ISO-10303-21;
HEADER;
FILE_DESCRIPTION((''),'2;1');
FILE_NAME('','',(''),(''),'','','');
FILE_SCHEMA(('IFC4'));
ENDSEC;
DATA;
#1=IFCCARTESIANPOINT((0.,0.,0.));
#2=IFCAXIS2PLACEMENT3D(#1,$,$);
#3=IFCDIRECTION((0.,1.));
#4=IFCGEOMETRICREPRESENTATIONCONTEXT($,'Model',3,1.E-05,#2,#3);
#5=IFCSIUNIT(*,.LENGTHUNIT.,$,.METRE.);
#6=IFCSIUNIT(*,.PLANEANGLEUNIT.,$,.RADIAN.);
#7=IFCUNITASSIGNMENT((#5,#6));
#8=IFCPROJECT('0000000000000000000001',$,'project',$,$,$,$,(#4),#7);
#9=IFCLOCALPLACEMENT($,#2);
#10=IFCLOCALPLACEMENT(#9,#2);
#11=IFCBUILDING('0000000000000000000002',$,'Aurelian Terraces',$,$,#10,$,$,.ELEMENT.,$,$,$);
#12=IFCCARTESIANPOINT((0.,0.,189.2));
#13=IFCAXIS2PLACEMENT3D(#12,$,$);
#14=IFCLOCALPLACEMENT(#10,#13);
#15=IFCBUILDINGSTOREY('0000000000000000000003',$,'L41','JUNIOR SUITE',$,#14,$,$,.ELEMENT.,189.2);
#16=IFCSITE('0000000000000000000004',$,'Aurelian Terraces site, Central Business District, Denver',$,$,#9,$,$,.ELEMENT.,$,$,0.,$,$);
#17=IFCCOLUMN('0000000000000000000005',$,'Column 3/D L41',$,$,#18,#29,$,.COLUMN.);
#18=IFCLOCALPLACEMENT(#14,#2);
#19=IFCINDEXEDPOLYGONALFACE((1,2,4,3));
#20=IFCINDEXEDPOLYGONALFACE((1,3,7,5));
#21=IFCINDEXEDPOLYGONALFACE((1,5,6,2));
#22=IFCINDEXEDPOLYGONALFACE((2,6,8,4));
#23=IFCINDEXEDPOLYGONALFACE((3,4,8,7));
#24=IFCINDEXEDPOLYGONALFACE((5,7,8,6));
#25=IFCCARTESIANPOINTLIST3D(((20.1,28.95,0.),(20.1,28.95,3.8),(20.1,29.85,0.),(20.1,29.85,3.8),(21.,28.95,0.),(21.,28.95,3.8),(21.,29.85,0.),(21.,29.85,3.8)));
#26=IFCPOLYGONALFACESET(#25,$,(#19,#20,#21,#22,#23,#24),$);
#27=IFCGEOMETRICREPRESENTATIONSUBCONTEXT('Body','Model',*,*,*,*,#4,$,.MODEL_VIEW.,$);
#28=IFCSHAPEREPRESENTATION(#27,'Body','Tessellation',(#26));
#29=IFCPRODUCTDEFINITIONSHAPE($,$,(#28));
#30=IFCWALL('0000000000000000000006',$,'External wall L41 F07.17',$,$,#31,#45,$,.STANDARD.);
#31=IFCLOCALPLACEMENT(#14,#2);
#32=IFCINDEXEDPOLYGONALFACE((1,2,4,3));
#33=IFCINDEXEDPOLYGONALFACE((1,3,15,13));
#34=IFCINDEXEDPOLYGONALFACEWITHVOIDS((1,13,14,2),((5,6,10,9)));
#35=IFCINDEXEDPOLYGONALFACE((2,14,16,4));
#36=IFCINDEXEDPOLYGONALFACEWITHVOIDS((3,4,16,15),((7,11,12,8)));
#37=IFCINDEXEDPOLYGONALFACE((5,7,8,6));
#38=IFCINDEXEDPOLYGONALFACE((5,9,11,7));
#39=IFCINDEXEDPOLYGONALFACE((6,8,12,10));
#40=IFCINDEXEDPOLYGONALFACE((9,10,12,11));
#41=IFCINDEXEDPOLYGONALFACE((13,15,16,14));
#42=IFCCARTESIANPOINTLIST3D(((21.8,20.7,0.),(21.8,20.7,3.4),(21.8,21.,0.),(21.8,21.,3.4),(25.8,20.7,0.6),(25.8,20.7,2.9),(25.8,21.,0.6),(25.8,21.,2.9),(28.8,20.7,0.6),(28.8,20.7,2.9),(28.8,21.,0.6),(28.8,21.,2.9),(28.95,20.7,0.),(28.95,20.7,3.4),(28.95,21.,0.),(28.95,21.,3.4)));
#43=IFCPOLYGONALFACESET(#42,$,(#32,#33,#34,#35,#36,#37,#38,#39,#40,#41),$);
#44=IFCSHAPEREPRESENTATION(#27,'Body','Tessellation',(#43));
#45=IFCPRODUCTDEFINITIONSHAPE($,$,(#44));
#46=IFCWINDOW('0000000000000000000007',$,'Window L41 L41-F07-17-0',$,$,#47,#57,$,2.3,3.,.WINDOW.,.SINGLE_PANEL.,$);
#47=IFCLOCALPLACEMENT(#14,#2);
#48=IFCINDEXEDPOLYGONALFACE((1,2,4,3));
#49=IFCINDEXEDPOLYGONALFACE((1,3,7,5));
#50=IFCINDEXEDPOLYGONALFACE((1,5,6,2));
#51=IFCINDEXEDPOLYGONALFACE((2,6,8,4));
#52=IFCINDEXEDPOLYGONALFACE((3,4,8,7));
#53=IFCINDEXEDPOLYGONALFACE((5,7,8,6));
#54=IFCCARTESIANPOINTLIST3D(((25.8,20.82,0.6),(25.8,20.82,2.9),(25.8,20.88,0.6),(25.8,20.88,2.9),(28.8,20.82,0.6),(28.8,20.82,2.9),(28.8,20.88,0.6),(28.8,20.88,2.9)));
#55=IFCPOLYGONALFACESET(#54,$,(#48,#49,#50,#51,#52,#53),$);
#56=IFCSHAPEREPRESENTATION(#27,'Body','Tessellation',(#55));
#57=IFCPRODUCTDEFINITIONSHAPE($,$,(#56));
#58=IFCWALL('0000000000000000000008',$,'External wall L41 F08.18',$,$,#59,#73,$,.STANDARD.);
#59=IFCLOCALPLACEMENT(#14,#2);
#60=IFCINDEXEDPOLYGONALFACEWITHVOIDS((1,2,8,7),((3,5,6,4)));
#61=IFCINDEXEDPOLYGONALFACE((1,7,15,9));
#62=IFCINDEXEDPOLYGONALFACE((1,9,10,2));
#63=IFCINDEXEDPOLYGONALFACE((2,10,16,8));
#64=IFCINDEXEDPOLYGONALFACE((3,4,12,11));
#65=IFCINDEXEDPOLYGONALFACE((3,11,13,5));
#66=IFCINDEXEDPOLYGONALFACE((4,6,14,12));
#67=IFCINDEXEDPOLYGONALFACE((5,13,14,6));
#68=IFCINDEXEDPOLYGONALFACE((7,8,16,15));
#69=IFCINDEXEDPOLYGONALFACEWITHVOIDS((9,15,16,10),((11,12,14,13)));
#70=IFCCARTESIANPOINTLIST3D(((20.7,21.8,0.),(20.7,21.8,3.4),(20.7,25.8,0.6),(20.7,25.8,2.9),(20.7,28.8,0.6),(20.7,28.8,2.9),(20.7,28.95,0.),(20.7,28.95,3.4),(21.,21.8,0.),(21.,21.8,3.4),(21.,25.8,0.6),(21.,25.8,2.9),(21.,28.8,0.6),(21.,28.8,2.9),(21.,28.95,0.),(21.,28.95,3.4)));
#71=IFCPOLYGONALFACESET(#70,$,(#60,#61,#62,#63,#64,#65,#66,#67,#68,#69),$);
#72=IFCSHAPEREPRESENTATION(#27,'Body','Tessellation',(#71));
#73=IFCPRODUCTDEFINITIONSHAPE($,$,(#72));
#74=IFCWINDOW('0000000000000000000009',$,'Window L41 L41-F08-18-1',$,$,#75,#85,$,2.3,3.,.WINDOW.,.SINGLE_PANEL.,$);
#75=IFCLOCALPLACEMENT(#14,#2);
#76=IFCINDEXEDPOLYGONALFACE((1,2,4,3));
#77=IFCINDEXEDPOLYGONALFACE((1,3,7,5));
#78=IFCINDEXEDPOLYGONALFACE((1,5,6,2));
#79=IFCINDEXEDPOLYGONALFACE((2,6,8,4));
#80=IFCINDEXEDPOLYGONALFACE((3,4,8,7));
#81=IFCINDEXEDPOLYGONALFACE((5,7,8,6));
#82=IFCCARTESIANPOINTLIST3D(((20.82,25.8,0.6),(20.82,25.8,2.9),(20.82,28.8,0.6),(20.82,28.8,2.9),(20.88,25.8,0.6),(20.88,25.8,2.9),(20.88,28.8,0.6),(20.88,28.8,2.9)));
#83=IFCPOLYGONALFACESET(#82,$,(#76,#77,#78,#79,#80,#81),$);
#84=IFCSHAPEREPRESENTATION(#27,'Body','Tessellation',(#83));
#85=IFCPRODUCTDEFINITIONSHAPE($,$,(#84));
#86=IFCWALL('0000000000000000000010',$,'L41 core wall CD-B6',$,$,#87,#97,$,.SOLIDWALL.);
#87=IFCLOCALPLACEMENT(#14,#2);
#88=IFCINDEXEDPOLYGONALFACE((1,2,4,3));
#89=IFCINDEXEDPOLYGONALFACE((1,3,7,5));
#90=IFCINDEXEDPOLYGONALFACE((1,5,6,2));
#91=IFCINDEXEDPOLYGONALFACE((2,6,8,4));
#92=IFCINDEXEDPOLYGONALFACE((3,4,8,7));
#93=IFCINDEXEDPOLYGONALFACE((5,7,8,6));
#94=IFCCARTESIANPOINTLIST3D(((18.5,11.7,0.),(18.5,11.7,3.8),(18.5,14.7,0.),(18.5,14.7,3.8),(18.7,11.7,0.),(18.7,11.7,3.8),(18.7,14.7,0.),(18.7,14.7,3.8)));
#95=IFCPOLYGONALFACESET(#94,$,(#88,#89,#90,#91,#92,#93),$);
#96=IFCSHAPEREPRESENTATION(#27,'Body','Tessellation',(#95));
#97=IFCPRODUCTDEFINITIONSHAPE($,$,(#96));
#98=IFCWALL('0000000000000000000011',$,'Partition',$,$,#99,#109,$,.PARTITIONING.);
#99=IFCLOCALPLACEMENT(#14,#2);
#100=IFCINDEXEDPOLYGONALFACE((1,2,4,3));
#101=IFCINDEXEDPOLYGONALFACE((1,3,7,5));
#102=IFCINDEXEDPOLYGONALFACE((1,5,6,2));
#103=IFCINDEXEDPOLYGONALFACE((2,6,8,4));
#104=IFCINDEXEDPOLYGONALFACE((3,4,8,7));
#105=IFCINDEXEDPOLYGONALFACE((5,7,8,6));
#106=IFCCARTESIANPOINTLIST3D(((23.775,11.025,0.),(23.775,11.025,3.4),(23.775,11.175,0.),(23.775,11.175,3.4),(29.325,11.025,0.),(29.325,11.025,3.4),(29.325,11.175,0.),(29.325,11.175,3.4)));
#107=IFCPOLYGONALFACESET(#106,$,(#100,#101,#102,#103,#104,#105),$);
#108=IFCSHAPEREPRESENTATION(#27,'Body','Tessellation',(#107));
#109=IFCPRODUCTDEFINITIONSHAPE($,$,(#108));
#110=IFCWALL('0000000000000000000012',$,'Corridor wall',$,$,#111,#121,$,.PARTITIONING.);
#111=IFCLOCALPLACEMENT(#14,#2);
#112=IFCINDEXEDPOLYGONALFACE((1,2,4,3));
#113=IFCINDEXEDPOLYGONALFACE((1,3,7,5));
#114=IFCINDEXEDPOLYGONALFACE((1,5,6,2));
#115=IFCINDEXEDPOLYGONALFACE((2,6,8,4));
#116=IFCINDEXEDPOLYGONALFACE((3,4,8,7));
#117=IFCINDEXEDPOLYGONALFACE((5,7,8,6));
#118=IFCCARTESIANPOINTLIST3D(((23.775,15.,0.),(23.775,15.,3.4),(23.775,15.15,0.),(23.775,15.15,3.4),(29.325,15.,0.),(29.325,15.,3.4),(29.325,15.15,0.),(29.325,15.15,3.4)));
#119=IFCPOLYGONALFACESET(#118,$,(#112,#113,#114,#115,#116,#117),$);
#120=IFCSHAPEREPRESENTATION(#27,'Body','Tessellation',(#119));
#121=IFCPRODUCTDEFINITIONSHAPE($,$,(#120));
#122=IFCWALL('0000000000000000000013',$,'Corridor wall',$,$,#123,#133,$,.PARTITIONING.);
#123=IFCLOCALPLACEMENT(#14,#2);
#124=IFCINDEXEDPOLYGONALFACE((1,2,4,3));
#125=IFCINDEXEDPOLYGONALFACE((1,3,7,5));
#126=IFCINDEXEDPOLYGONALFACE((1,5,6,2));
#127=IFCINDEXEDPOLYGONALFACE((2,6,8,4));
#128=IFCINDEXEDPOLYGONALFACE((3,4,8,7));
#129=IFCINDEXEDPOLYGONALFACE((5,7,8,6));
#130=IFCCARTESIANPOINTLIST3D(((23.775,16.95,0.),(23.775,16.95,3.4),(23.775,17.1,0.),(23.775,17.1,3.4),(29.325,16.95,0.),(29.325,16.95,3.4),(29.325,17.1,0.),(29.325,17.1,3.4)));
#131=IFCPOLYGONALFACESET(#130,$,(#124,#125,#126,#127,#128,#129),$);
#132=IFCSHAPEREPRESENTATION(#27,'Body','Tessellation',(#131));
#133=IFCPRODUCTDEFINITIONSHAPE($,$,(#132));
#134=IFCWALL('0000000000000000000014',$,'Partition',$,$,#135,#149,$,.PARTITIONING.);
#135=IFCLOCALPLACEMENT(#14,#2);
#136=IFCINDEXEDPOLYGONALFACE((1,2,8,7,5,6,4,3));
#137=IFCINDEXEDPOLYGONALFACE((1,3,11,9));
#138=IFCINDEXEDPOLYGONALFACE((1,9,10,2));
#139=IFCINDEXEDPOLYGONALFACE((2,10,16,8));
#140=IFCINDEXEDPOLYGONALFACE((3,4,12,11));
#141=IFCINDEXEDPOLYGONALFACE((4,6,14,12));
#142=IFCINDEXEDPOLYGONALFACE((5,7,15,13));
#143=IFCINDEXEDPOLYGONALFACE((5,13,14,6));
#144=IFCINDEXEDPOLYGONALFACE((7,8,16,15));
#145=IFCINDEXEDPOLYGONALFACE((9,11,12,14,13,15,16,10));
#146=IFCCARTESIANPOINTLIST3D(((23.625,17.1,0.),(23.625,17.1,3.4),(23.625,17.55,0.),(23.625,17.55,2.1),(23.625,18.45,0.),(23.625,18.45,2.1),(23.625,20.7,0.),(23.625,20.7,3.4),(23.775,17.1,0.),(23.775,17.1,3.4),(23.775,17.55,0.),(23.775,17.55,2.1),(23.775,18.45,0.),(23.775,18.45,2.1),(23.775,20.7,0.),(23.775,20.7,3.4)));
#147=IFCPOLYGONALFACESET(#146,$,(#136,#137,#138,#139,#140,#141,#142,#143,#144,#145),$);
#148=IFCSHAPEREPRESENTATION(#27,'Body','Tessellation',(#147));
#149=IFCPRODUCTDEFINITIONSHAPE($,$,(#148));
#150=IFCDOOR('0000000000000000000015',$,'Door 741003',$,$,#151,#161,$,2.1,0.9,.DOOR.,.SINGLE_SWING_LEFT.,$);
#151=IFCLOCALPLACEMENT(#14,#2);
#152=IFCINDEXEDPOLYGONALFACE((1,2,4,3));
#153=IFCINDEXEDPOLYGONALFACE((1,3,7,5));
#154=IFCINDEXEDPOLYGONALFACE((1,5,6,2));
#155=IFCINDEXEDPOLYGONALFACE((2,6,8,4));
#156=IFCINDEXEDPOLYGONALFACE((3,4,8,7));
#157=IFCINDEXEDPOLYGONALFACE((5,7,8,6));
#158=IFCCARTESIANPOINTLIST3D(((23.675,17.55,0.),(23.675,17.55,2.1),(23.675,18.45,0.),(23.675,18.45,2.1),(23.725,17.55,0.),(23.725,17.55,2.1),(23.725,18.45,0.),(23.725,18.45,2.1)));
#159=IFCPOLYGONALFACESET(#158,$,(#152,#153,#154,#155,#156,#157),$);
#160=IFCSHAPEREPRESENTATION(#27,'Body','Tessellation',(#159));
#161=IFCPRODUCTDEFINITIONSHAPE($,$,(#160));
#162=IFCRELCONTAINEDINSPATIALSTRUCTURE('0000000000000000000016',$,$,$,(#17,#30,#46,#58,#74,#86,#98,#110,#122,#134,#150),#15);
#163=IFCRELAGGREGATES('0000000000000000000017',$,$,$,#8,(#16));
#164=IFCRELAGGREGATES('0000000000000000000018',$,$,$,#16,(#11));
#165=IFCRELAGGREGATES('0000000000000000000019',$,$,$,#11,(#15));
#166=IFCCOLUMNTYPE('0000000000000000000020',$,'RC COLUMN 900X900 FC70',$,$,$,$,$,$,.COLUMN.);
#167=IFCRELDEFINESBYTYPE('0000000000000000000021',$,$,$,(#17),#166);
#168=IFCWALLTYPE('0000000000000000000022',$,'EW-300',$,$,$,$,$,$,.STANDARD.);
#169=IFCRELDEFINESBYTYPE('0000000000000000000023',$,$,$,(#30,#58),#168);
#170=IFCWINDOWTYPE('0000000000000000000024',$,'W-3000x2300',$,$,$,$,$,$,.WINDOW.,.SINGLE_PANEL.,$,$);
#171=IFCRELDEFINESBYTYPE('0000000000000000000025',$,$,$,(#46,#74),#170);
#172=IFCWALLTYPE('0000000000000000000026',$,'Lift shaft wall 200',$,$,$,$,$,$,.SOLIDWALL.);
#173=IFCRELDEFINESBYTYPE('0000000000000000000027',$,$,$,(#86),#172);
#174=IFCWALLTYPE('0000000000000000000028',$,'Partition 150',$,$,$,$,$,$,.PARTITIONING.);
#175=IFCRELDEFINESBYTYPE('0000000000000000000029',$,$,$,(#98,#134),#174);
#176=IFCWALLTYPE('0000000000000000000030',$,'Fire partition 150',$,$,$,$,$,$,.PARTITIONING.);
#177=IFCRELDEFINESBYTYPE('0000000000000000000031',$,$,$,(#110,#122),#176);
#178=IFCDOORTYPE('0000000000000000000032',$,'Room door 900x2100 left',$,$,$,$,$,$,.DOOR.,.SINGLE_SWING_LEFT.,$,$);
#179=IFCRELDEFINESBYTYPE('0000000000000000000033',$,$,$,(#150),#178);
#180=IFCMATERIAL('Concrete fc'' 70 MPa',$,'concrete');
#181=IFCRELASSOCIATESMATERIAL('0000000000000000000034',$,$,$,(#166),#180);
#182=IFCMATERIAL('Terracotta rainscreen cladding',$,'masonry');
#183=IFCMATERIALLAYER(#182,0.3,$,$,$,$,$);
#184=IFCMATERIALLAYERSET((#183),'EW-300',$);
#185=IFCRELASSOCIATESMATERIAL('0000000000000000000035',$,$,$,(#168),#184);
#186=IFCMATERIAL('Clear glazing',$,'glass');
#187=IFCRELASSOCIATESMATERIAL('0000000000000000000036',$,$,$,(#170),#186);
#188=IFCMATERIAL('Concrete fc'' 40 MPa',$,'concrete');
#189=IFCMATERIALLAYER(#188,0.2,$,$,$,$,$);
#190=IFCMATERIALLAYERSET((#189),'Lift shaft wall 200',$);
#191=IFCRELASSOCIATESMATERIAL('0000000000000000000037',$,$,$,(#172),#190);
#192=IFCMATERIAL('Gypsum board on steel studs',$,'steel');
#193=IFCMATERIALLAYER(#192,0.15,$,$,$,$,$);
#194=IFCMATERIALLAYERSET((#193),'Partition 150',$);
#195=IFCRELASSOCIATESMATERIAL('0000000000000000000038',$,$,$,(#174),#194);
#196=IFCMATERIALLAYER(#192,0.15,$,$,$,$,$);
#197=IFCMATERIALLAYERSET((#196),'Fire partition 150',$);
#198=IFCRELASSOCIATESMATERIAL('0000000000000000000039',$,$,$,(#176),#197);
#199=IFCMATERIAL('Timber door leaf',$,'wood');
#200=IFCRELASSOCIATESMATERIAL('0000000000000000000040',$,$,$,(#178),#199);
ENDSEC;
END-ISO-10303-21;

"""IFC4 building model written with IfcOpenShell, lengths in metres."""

from ifc_helpers import new_model, si_unit, direction, frame, frame_2d, origin, origin_2d, place, context, subcontext, project, spatial, rectangle, extrude, source, transform, mapped, material, layer, layer_set, material_profile, profile_set, type_object, element, fill, save


model = new_model("IFC4")

# Units and contexts
model_context = context("Model", 3, precision=1e-05, world=origin(), true_north=direction((0.0, 1.0)))
body_context = subcontext(model_context, "Body", "Model", "MODEL_VIEW")
ifc_project = project(units=[si_unit("LENGTHUNIT", "METRE"), si_unit("PLANEANGLEUNIT", "RADIAN")], contexts=[model_context])

# Site, building, storey
site_placement = place(None, origin())
site = spatial("IfcSite", under=ifc_project, at=site_placement, Name="Aurelian Terraces site, Central Business District, Denver", CompositionType="ELEMENT", RefElevation=0.0)
building_placement = place(site_placement, origin())
building = spatial("IfcBuilding", under=site, at=building_placement, Name="Aurelian Terraces", CompositionType="ELEMENT")
storey_placement = place(building_placement, frame((0.0, 0.0, 189.2)))
storey = spatial("IfcBuildingStorey", under=building, at=storey_placement, Name="L41", Description="JUNIOR SUITE", CompositionType="ELEMENT", Elevation=189.2)

# Column
ifc_material_1 = material(Name="Concrete fc' 70 MPa", Category="concrete")
ifc_material_profile = material_profile(ifc_material_1, rectangle(XDim=0.9, YDim=0.9, at=origin_2d()))
ifc_profile_set = profile_set([ifc_material_profile], Name="Concrete fc' 70 MPa")
column_type = type_object("IfcColumnType", Name="RC COLUMN 900X900 FC70", PredefinedType="COLUMN", material=ifc_profile_set)
shared_shape_1 = source(origin(), body_context, "Body", "SweptSolid", [
    extrude(rectangle(XDim=0.9, YDim=0.9, at=origin_2d()), origin(), (0.0, 0.0, 1.0), 3.8),
])
column_placement = place(storey_placement, frame((20.55, 29.4, 0.0), z_axis=(0.0, 0.0, 1.0), x_axis=(1.0, 0.0, 0.0)))
element("IfcColumn", 1, at=column_placement, inside=storey, type_object=column_type, Name="Column 3/D L41", PredefinedType="COLUMN", context=body_context, shape_type="MappedRepresentation", body=[
    mapped(shared_shape_1, transform((0.0, 0.0, 0.0), scale=1.0)),
])

# Walls, openings, windows
ifc_material_2 = material(Name="Terracotta rainscreen cladding", Category="masonry")
ifc_layer_1 = layer(ifc_material_2, 0.3)
ifc_layer_set_1 = layer_set([ifc_layer_1], Name="EW-300")
wall_type_1 = type_object("IfcWallType", Name="EW-300", PredefinedType="STANDARD", material=ifc_layer_set_1)
shared_shape_2 = source(origin(), body_context, "Body", "SweptSolid", [
    extrude(rectangle(XDim=7.15, YDim=0.3, at=frame_2d((3.575, 0.0))), origin(), (0.0, 0.0, 1.0), 3.4),
])
wall_1_placement = place(storey_placement, frame((28.95, 20.85, 0.0), z_axis=(0.0, 0.0, 1.0), x_axis=(-1.0, 0.0, 0.0)))
wall_1 = element("IfcWall", 2, at=wall_1_placement, inside=storey, type_object=wall_type_1, Name="External wall L41 F07.17", PredefinedType="STANDARD", context=body_context, shape_type="MappedRepresentation", body=[
    mapped(shared_shape_2, transform((0.0, 0.0, 0.0), scale=1.0)),
])
shared_shape_3 = source(origin(), body_context, "Body", "SweptSolid", [
    extrude(rectangle(XDim=3.0, YDim=2.3, at=frame_2d((1.5, 1.15))), frame((0.0, 0.16, 0.0), z_axis=(0.0, -1.0, 0.0), x_axis=(1.0, 0.0, 0.0)), (0.0, 0.0, 1.0), 0.32),
])
opening_1_placement = place(wall_1_placement, frame((0.15, 0.0, 0.6)))
opening_1 = element("IfcOpeningElement", 3, at=opening_1_placement, cuts=wall_1, PredefinedType="OPENING", context=body_context, shape_type="MappedRepresentation", body=[
    mapped(shared_shape_3, transform((0.0, 0.0, 0.0), scale=1.0)),
])
ifc_material_3 = material(Name="Clear glazing", Category="glass")
window_type = type_object("IfcWindowType", Name="W-3000x2300", PartitioningType="SINGLE_PANEL", PredefinedType="WINDOW", material=ifc_material_3)
shared_shape_4 = source(origin(), body_context, "Body", "SweptSolid", [
    extrude(rectangle(XDim=3.0, YDim=2.3, at=frame_2d((1.5, 1.15))), frame((0.0, 0.03, 0.0), z_axis=(0.0, -1.0, 0.0), x_axis=(1.0, 0.0, 0.0)), (0.0, 0.0, 1.0), 0.06),
])
window_1_placement = place(opening_1_placement, origin())
window_1 = element("IfcWindow", 4, at=window_1_placement, inside=storey, type_object=window_type, Name="Window L41 L41-F07-17-0", OverallHeight=2.3, OverallWidth=3.0, PartitioningType="SINGLE_PANEL", PredefinedType="WINDOW", context=body_context, shape_type="MappedRepresentation", body=[
    mapped(shared_shape_4, transform((0.0, 0.0, 0.0), scale=1.0)),
])
fill(opening_1, window_1)
wall_2_placement = place(storey_placement, frame((20.85, 21.8, 0.0), z_axis=(0.0, 0.0, 1.0), x_axis=(0.0, 1.0, 0.0)))
wall_2 = element("IfcWall", 5, at=wall_2_placement, inside=storey, type_object=wall_type_1, Name="External wall L41 F08.18", PredefinedType="STANDARD", context=body_context, shape_type="MappedRepresentation", body=[
    mapped(shared_shape_2, transform((0.0, 0.0, 0.0), scale=1.0)),
])
opening_2_placement = place(wall_2_placement, frame((4.0, 0.0, 0.6)))
opening_2 = element("IfcOpeningElement", 6, at=opening_2_placement, cuts=wall_2, PredefinedType="OPENING", context=body_context, shape_type="MappedRepresentation", body=[
    mapped(shared_shape_3, transform((0.0, 0.0, 0.0), scale=1.0)),
])
window_2_placement = place(opening_2_placement, origin())
window_2 = element("IfcWindow", 7, at=window_2_placement, inside=storey, type_object=window_type, Name="Window L41 L41-F08-18-1", OverallHeight=2.3, OverallWidth=3.0, PartitioningType="SINGLE_PANEL", PredefinedType="WINDOW", context=body_context, shape_type="MappedRepresentation", body=[
    mapped(shared_shape_4, transform((0.0, 0.0, 0.0), scale=1.0)),
])
fill(opening_2, window_2)

# Walls
ifc_material_4 = material(Name="Concrete fc' 40 MPa", Category="concrete")
ifc_layer_2 = layer(ifc_material_4, 0.2)
ifc_layer_set_2 = layer_set([ifc_layer_2], Name="Lift shaft wall 200")
wall_type_2 = type_object("IfcWallType", Name="Lift shaft wall 200", PredefinedType="SOLIDWALL", material=ifc_layer_set_2)
shared_shape_5 = source(origin(), body_context, "Body", "SweptSolid", [
    extrude(rectangle(XDim=3.0, YDim=0.2, at=frame_2d((1.5, 0.0))), origin(), (0.0, 0.0, 1.0), 3.8),
])
wall_3_placement = place(storey_placement, frame((18.6, 11.7, 0.0), z_axis=(0.0, 0.0, 1.0), x_axis=(0.0, 1.0, 0.0)))
element("IfcWall", 8, at=wall_3_placement, inside=storey, type_object=wall_type_2, Name="L41 core wall CD-B6", PredefinedType="SOLIDWALL", context=body_context, shape_type="MappedRepresentation", body=[
    mapped(shared_shape_5, transform((0.0, 0.0, 0.0), scale=1.0)),
])
ifc_material_5 = material(Name="Gypsum board on steel studs", Category="steel")
ifc_layer_3 = layer(ifc_material_5, 0.15)
ifc_layer_set_3 = layer_set([ifc_layer_3], Name="Partition 150")
wall_type_3 = type_object("IfcWallType", Name="Partition 150", PredefinedType="PARTITIONING", material=ifc_layer_set_3)
shared_shape_6 = source(origin(), body_context, "Body", "SweptSolid", [
    extrude(rectangle(XDim=5.55, YDim=0.15, at=frame_2d((2.775, 0.0))), origin(), (0.0, 0.0, 1.0), 3.4),
])
wall_4_placement = place(storey_placement, frame((29.325, 11.1, 0.0), z_axis=(0.0, 0.0, 1.0), x_axis=(-1.0, 0.0, 0.0)))
element("IfcWall", 9, at=wall_4_placement, inside=storey, type_object=wall_type_3, Name="Partition", PredefinedType="PARTITIONING", context=body_context, shape_type="MappedRepresentation", body=[
    mapped(shared_shape_6, transform((0.0, 0.0, 0.0), scale=1.0)),
])
ifc_layer_4 = layer(ifc_material_5, 0.15)
ifc_layer_set_4 = layer_set([ifc_layer_4], Name="Fire partition 150")
wall_type_4 = type_object("IfcWallType", Name="Fire partition 150", PredefinedType="PARTITIONING", material=ifc_layer_set_4)
for number, where, z_axis, x_axis, name in (
    (10, (29.325, 15.075, 0.0), (0.0, 0.0, 1.0), (-1.0, 0.0, 0.0), "Corridor wall"),
    (11, (23.775, 17.025, 0.0), (0.0, 0.0, 1.0), (1.0, 0.0, 0.0), "Corridor wall"),
):
    element("IfcWall", number, at=place(storey_placement, frame(where, z_axis=z_axis, x_axis=x_axis)), inside=storey, type_object=wall_type_4, Name=name, PredefinedType="PARTITIONING", context=body_context, shape_type="MappedRepresentation", body=[
        mapped(shared_shape_6, transform((0.0, 0.0, 0.0), scale=1.0)),
    ])

# Wall, opening, door
shared_shape_7 = source(origin(), body_context, "Body", "SweptSolid", [
    extrude(rectangle(XDim=3.6, YDim=0.15, at=frame_2d((1.8, 0.0))), origin(), (0.0, 0.0, 1.0), 3.4),
])
wall_5_placement = place(storey_placement, frame((23.7, 20.7, 0.0), z_axis=(0.0, 0.0, 1.0), x_axis=(0.0, -1.0, 0.0)))
wall_5 = element("IfcWall", 12, at=wall_5_placement, inside=storey, type_object=wall_type_3, Name="Partition", PredefinedType="PARTITIONING", context=body_context, shape_type="MappedRepresentation", body=[
    mapped(shared_shape_7, transform((0.0, 0.0, 0.0), scale=1.0)),
])
shared_shape_8 = source(origin(), body_context, "Body", "SweptSolid", [
    extrude(rectangle(XDim=0.9, YDim=2.1, at=frame_2d((0.45, 1.05))), frame((0.0, 0.085, 0.0), z_axis=(0.0, -1.0, 0.0), x_axis=(1.0, 0.0, 0.0)), (0.0, 0.0, 1.0), 0.17),
])
opening_3_placement = place(wall_5_placement, frame((2.25, 0.0, 0.0)))
opening_3 = element("IfcOpeningElement", 13, at=opening_3_placement, cuts=wall_5, PredefinedType="OPENING", context=body_context, shape_type="MappedRepresentation", body=[
    mapped(shared_shape_8, transform((0.0, 0.0, 0.0), scale=1.0)),
])
ifc_material_6 = material(Name="Timber door leaf", Category="wood")
door_type_1 = type_object("IfcDoorType", Name="Room door 900x2100 left", OperationType="SINGLE_SWING_LEFT", PredefinedType="DOOR", material=ifc_material_6)
shared_shape_9 = source(origin(), body_context, "Body", "SweptSolid", [
    extrude(rectangle(XDim=0.9, YDim=2.1, at=frame_2d((0.45, 1.05))), frame((0.0, 0.025, 0.0), z_axis=(0.0, -1.0, 0.0), x_axis=(1.0, 0.0, 0.0)), (0.0, 0.0, 1.0), 0.05),
])
door_1_placement = place(opening_3_placement, origin())
door_1 = element("IfcDoor", 14, at=door_1_placement, inside=storey, type_object=door_type_1, Name="Door 741003", OperationType="SINGLE_SWING_LEFT", OverallHeight=2.1, OverallWidth=0.9, PredefinedType="DOOR", context=body_context, shape_type="MappedRepresentation", body=[
    mapped(shared_shape_9, transform((0.0, 0.0, 0.0), scale=1.0)),
])
fill(opening_3, door_1)

save(model, "model.ifc")
